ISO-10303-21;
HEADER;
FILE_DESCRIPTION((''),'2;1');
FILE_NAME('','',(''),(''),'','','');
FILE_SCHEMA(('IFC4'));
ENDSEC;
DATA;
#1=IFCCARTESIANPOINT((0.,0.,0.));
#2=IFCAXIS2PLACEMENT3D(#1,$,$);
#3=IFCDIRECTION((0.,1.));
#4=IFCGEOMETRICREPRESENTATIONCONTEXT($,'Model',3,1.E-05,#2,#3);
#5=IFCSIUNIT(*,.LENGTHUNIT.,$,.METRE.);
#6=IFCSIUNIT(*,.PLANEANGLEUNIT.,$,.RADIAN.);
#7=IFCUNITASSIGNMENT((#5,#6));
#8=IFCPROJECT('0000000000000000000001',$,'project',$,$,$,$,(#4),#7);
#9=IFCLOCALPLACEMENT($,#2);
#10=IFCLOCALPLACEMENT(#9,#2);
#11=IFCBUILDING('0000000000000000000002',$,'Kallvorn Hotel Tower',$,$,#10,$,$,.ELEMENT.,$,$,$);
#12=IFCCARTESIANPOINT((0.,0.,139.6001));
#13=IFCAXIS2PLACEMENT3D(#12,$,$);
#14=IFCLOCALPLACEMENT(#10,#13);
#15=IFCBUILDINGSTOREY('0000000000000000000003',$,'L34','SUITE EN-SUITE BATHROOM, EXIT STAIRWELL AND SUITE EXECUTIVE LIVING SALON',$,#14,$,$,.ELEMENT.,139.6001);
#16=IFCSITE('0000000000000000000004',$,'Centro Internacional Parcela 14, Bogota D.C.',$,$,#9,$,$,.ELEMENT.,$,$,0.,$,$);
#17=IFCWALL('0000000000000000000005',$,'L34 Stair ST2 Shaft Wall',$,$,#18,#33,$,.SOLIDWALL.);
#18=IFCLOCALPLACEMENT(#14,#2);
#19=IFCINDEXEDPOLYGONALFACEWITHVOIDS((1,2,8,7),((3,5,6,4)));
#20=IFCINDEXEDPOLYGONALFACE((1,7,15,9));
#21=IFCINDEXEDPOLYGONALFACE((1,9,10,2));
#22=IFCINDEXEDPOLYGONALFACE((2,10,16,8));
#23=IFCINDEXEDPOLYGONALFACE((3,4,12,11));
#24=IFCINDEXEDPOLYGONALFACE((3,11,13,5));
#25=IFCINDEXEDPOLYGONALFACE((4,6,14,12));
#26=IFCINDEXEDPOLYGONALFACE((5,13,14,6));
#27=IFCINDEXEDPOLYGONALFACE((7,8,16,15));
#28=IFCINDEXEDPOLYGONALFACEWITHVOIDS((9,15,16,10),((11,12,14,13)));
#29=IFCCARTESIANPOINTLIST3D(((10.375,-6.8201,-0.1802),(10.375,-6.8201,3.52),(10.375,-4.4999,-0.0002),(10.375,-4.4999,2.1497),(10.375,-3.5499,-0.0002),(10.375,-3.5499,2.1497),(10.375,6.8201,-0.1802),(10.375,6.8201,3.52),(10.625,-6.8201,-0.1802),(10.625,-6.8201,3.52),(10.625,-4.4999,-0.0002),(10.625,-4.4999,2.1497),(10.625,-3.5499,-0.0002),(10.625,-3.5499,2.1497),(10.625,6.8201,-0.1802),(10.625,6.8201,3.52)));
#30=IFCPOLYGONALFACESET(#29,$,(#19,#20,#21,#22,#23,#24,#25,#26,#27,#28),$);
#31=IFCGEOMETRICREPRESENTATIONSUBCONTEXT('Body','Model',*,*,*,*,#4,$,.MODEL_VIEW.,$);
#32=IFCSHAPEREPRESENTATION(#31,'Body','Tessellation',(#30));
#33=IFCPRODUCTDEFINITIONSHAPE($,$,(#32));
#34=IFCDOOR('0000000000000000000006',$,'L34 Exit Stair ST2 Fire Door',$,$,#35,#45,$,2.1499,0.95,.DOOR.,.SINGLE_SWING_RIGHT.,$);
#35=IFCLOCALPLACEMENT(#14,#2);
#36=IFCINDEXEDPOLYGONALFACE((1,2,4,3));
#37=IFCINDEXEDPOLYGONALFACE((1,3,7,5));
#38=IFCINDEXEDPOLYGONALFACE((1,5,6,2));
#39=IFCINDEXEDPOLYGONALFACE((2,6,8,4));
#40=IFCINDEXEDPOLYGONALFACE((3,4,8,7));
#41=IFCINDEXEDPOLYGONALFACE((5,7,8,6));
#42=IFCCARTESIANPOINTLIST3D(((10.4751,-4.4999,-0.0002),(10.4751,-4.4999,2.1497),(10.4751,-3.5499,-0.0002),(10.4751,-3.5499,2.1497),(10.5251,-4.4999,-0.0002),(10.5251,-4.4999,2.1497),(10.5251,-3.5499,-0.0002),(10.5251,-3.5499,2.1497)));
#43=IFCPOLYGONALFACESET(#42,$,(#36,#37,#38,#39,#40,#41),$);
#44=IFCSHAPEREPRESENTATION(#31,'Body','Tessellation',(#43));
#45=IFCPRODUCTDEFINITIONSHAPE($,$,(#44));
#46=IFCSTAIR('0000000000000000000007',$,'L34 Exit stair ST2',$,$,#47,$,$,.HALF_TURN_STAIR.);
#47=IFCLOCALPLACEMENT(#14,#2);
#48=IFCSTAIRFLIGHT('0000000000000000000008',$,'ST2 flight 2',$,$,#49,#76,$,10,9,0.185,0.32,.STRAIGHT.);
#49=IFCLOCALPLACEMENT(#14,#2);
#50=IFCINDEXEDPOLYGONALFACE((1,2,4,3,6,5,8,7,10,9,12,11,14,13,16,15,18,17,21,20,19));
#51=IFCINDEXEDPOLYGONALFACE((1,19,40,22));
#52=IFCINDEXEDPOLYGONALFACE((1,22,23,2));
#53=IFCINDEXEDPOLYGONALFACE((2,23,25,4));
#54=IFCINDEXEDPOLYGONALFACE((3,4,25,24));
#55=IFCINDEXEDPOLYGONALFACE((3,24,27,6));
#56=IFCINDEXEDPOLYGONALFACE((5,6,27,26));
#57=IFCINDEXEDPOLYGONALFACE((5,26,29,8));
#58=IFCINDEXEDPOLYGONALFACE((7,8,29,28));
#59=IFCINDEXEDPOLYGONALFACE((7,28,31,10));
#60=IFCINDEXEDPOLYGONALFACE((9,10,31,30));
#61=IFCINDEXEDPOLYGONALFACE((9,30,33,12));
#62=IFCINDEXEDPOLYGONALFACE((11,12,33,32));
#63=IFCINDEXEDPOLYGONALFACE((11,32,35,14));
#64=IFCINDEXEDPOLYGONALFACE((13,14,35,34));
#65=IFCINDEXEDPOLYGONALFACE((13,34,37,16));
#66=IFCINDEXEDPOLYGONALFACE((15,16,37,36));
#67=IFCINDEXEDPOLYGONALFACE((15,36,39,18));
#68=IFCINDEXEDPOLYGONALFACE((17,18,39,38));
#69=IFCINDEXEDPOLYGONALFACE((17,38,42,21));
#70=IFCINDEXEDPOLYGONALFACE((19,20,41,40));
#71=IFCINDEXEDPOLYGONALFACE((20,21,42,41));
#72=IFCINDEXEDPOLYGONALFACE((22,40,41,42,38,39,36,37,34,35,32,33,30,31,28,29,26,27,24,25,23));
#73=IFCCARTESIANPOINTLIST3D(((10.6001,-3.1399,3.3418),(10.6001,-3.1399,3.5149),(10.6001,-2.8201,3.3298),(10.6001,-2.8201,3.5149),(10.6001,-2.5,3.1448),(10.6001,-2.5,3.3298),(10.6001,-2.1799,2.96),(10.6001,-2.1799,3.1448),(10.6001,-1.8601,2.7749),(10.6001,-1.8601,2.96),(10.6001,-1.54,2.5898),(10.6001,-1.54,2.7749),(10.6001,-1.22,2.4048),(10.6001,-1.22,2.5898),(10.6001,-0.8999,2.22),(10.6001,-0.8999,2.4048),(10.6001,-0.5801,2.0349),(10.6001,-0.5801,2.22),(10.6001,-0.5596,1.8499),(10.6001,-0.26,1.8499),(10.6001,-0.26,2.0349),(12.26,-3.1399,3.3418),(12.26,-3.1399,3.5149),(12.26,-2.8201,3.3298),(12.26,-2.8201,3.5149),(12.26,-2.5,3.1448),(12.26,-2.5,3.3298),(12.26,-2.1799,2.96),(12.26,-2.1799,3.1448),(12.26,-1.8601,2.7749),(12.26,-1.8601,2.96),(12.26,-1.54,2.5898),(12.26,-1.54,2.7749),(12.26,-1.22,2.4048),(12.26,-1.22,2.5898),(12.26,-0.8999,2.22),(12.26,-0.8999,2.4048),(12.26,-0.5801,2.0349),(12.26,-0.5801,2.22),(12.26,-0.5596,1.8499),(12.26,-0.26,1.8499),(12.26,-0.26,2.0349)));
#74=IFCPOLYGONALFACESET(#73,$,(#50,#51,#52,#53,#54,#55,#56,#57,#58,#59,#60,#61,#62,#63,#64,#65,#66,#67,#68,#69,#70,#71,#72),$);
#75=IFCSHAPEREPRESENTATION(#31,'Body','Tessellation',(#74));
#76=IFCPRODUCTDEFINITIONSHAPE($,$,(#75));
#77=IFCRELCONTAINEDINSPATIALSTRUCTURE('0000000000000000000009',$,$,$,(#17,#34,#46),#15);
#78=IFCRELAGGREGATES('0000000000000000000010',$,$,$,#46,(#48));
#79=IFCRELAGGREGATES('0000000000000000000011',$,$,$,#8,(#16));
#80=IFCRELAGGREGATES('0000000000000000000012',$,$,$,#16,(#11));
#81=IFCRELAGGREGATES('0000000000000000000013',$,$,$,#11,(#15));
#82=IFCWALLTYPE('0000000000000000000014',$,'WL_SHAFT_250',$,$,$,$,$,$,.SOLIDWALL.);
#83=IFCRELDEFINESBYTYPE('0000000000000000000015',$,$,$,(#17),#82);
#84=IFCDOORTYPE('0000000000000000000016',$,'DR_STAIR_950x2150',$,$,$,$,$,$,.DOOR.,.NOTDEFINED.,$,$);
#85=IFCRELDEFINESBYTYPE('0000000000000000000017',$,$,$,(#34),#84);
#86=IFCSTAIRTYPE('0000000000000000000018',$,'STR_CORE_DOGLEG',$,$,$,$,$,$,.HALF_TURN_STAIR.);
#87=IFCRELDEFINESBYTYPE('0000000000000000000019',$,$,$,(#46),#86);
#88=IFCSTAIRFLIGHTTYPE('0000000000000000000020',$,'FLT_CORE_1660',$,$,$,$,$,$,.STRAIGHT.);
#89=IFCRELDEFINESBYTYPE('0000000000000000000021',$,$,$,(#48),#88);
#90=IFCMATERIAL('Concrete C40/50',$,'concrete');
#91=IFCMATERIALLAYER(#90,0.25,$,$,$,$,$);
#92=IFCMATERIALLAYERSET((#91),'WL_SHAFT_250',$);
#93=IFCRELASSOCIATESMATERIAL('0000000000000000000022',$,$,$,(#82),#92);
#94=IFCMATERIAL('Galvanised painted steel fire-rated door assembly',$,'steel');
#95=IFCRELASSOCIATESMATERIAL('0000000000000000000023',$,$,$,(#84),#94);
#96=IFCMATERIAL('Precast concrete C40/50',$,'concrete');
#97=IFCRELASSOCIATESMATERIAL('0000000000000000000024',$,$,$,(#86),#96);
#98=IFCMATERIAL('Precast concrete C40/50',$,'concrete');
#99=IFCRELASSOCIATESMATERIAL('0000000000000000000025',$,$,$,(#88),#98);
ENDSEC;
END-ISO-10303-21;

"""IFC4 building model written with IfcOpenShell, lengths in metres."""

from ifc_helpers import new_model, si_unit, direction, frame, frame_2d, origin, place, context, subcontext, project, spatial, polyline, rectangle, outline, extrude, material, layer, layer_set, type_object, element, fill, aggregate, save


model = new_model("IFC4")

# Units and contexts
model_context = context("Model", 3, precision=1e-05, world=origin(), true_north=direction((0.0, 1.0)))
body_context = subcontext(model_context, "Body", "Model", "MODEL_VIEW")
ifc_project = project(units=[si_unit("LENGTHUNIT", "METRE"), si_unit("PLANEANGLEUNIT", "RADIAN")], contexts=[model_context])

# Site, building, storey
site_placement = place(None, origin())
site = spatial("IfcSite", under=ifc_project, at=site_placement, Name="Centro Internacional Parcela 14, Bogota D.C.", CompositionType="ELEMENT", RefElevation=0.0)
building_placement = place(site_placement, origin())
building = spatial("IfcBuilding", under=site, at=building_placement, Name="Kallvorn Hotel Tower", CompositionType="ELEMENT")
storey_placement = place(building_placement, frame((0.0, 0.0, 139.6001)))
storey = spatial("IfcBuildingStorey", under=building, at=storey_placement, Name="L34", Description="SUITE EN-SUITE BATHROOM, EXIT STAIRWELL AND SUITE EXECUTIVE LIVING SALON", CompositionType="ELEMENT", Elevation=139.6001)

# Wall, opening, door
ifc_material_1 = material(Name="Concrete C40/50", Category="concrete")
ifc_layer_1 = layer(ifc_material_1, 0.25)
ifc_layer_set_1 = layer_set([ifc_layer_1], Name="WL_SHAFT_250")
wall_type_1 = type_object("IfcWallType", Name="WL_SHAFT_250", PredefinedType="SOLIDWALL", material=ifc_layer_set_1)
wall_1_placement = place(storey_placement, frame((10.5, -6.8201, -0.1802), z_axis=(0.0, 0.0, 1.0), x_axis=(0.0, 1.0, 0.0)))
wall_1 = element("IfcWall", 1, at=wall_1_placement, inside=storey, type_object=wall_type_1, Name="L34 Stair ST2 Shaft Wall", PredefinedType="SOLIDWALL", context=body_context, shape_type="SweptSolid", body=[
    extrude(rectangle(XDim=13.6401, YDim=0.25, at=frame_2d((6.8201, 0.0))), origin(), (0.0, 0.0, 1.0), 3.7002),
])
opening_1_placement = place(wall_1_placement, frame((2.3201, 0.0, 0.1799)))
opening_1 = element("IfcOpeningElement", 2, at=opening_1_placement, cuts=wall_1, PredefinedType="OPENING", context=body_context, shape_type="SweptSolid", body=[
    extrude(rectangle(XDim=0.95, YDim=2.1499, at=frame_2d((0.4751, 1.075))), frame((0.0, 0.1399, 0.0), z_axis=(0.0, -1.0, 0.0), x_axis=(1.0, 0.0, 0.0)), (0.0, 0.0, 1.0), 0.28),
])
ifc_material_2 = material(Name="Galvanised painted steel fire-rated door assembly", Category="steel")
door_type_1 = type_object("IfcDoorType", Name="DR_STAIR_950x2150", OperationType="NOTDEFINED", PredefinedType="DOOR", material=ifc_material_2)
door_1_placement = place(opening_1_placement, origin())
door_1 = element("IfcDoor", 3, at=door_1_placement, inside=storey, type_object=door_type_1, Name="L34 Exit Stair ST2 Fire Door", OperationType="SINGLE_SWING_RIGHT", OverallHeight=2.1499, OverallWidth=0.95, PredefinedType="DOOR", context=body_context, shape_type="SweptSolid", body=[
    extrude(rectangle(XDim=0.95, YDim=2.1499, at=frame_2d((0.4751, 1.075))), frame((0.0, 0.0249, 0.0), z_axis=(0.0, -1.0, 0.0), x_axis=(1.0, 0.0, 0.0)), (0.0, 0.0, 1.0), 0.05),
])
fill(opening_1, door_1)

# Stair, stair flight
ifc_material_3 = material(Name="Precast concrete C40/50", Category="concrete")
stair_type = type_object("IfcStairType", Name="STR_CORE_DOGLEG", PredefinedType="HALF_TURN_STAIR", material=ifc_material_3)
stair_placement = place(storey_placement, origin())
stair = element("IfcStair", 4, at=stair_placement, inside=storey, type_object=stair_type, Name="L34 Exit stair ST2", PredefinedType="HALF_TURN_STAIR")
ifc_material_4 = material(Name="Precast concrete C40/50", Category="concrete")
stair_flight_type = type_object("IfcStairFlightType", Name="FLT_CORE_1660", PredefinedType="STRAIGHT", material=ifc_material_4)
stair_flight_placement = place(storey_placement, frame((11.4299, -0.26, 1.8499), z_axis=(0.0, 0.0, 1.0), x_axis=(0.0, -1.0, 0.0)))
stair_flight = element("IfcStairFlight", 5, at=stair_flight_placement, type_object=stair_flight_type, Name="ST2 flight 2", NumberOfRisers=10, NumberOfTreads=9, PredefinedType="STRAIGHT", RiserHeight=0.185, TreadLength=0.32, context=body_context, shape_type="SweptSolid", body=[
    extrude(outline(polyline([(0.0, 0.0), (0.0, 0.1851), (0.3201, 0.1851), (0.3201, 0.3701), (0.6399, 0.3701), (0.6399, 0.5549), (0.96, 0.5549), (0.96, 0.74), (1.28, 0.74), (1.28, 0.925), (1.6001, 0.925), (1.6001, 1.1101), (1.9199, 1.1101), (1.9199, 1.2949), (2.24, 1.2949), (2.24, 1.48), (2.5601, 1.48), (2.5601, 1.665), (2.8799, 1.665), (2.8799, 1.8501), (2.8799, 1.4919), (0.2996, 0.0), (0.0, 0.0)])), frame((0.0, 0.8301, 0.0), z_axis=(0.0, -1.0, 0.0), x_axis=(1.0, 0.0, 0.0)), (0.0, 0.0, 1.0), 1.6599),
])
aggregate(stair, [stair_flight])

save(model, "model.ifc")
